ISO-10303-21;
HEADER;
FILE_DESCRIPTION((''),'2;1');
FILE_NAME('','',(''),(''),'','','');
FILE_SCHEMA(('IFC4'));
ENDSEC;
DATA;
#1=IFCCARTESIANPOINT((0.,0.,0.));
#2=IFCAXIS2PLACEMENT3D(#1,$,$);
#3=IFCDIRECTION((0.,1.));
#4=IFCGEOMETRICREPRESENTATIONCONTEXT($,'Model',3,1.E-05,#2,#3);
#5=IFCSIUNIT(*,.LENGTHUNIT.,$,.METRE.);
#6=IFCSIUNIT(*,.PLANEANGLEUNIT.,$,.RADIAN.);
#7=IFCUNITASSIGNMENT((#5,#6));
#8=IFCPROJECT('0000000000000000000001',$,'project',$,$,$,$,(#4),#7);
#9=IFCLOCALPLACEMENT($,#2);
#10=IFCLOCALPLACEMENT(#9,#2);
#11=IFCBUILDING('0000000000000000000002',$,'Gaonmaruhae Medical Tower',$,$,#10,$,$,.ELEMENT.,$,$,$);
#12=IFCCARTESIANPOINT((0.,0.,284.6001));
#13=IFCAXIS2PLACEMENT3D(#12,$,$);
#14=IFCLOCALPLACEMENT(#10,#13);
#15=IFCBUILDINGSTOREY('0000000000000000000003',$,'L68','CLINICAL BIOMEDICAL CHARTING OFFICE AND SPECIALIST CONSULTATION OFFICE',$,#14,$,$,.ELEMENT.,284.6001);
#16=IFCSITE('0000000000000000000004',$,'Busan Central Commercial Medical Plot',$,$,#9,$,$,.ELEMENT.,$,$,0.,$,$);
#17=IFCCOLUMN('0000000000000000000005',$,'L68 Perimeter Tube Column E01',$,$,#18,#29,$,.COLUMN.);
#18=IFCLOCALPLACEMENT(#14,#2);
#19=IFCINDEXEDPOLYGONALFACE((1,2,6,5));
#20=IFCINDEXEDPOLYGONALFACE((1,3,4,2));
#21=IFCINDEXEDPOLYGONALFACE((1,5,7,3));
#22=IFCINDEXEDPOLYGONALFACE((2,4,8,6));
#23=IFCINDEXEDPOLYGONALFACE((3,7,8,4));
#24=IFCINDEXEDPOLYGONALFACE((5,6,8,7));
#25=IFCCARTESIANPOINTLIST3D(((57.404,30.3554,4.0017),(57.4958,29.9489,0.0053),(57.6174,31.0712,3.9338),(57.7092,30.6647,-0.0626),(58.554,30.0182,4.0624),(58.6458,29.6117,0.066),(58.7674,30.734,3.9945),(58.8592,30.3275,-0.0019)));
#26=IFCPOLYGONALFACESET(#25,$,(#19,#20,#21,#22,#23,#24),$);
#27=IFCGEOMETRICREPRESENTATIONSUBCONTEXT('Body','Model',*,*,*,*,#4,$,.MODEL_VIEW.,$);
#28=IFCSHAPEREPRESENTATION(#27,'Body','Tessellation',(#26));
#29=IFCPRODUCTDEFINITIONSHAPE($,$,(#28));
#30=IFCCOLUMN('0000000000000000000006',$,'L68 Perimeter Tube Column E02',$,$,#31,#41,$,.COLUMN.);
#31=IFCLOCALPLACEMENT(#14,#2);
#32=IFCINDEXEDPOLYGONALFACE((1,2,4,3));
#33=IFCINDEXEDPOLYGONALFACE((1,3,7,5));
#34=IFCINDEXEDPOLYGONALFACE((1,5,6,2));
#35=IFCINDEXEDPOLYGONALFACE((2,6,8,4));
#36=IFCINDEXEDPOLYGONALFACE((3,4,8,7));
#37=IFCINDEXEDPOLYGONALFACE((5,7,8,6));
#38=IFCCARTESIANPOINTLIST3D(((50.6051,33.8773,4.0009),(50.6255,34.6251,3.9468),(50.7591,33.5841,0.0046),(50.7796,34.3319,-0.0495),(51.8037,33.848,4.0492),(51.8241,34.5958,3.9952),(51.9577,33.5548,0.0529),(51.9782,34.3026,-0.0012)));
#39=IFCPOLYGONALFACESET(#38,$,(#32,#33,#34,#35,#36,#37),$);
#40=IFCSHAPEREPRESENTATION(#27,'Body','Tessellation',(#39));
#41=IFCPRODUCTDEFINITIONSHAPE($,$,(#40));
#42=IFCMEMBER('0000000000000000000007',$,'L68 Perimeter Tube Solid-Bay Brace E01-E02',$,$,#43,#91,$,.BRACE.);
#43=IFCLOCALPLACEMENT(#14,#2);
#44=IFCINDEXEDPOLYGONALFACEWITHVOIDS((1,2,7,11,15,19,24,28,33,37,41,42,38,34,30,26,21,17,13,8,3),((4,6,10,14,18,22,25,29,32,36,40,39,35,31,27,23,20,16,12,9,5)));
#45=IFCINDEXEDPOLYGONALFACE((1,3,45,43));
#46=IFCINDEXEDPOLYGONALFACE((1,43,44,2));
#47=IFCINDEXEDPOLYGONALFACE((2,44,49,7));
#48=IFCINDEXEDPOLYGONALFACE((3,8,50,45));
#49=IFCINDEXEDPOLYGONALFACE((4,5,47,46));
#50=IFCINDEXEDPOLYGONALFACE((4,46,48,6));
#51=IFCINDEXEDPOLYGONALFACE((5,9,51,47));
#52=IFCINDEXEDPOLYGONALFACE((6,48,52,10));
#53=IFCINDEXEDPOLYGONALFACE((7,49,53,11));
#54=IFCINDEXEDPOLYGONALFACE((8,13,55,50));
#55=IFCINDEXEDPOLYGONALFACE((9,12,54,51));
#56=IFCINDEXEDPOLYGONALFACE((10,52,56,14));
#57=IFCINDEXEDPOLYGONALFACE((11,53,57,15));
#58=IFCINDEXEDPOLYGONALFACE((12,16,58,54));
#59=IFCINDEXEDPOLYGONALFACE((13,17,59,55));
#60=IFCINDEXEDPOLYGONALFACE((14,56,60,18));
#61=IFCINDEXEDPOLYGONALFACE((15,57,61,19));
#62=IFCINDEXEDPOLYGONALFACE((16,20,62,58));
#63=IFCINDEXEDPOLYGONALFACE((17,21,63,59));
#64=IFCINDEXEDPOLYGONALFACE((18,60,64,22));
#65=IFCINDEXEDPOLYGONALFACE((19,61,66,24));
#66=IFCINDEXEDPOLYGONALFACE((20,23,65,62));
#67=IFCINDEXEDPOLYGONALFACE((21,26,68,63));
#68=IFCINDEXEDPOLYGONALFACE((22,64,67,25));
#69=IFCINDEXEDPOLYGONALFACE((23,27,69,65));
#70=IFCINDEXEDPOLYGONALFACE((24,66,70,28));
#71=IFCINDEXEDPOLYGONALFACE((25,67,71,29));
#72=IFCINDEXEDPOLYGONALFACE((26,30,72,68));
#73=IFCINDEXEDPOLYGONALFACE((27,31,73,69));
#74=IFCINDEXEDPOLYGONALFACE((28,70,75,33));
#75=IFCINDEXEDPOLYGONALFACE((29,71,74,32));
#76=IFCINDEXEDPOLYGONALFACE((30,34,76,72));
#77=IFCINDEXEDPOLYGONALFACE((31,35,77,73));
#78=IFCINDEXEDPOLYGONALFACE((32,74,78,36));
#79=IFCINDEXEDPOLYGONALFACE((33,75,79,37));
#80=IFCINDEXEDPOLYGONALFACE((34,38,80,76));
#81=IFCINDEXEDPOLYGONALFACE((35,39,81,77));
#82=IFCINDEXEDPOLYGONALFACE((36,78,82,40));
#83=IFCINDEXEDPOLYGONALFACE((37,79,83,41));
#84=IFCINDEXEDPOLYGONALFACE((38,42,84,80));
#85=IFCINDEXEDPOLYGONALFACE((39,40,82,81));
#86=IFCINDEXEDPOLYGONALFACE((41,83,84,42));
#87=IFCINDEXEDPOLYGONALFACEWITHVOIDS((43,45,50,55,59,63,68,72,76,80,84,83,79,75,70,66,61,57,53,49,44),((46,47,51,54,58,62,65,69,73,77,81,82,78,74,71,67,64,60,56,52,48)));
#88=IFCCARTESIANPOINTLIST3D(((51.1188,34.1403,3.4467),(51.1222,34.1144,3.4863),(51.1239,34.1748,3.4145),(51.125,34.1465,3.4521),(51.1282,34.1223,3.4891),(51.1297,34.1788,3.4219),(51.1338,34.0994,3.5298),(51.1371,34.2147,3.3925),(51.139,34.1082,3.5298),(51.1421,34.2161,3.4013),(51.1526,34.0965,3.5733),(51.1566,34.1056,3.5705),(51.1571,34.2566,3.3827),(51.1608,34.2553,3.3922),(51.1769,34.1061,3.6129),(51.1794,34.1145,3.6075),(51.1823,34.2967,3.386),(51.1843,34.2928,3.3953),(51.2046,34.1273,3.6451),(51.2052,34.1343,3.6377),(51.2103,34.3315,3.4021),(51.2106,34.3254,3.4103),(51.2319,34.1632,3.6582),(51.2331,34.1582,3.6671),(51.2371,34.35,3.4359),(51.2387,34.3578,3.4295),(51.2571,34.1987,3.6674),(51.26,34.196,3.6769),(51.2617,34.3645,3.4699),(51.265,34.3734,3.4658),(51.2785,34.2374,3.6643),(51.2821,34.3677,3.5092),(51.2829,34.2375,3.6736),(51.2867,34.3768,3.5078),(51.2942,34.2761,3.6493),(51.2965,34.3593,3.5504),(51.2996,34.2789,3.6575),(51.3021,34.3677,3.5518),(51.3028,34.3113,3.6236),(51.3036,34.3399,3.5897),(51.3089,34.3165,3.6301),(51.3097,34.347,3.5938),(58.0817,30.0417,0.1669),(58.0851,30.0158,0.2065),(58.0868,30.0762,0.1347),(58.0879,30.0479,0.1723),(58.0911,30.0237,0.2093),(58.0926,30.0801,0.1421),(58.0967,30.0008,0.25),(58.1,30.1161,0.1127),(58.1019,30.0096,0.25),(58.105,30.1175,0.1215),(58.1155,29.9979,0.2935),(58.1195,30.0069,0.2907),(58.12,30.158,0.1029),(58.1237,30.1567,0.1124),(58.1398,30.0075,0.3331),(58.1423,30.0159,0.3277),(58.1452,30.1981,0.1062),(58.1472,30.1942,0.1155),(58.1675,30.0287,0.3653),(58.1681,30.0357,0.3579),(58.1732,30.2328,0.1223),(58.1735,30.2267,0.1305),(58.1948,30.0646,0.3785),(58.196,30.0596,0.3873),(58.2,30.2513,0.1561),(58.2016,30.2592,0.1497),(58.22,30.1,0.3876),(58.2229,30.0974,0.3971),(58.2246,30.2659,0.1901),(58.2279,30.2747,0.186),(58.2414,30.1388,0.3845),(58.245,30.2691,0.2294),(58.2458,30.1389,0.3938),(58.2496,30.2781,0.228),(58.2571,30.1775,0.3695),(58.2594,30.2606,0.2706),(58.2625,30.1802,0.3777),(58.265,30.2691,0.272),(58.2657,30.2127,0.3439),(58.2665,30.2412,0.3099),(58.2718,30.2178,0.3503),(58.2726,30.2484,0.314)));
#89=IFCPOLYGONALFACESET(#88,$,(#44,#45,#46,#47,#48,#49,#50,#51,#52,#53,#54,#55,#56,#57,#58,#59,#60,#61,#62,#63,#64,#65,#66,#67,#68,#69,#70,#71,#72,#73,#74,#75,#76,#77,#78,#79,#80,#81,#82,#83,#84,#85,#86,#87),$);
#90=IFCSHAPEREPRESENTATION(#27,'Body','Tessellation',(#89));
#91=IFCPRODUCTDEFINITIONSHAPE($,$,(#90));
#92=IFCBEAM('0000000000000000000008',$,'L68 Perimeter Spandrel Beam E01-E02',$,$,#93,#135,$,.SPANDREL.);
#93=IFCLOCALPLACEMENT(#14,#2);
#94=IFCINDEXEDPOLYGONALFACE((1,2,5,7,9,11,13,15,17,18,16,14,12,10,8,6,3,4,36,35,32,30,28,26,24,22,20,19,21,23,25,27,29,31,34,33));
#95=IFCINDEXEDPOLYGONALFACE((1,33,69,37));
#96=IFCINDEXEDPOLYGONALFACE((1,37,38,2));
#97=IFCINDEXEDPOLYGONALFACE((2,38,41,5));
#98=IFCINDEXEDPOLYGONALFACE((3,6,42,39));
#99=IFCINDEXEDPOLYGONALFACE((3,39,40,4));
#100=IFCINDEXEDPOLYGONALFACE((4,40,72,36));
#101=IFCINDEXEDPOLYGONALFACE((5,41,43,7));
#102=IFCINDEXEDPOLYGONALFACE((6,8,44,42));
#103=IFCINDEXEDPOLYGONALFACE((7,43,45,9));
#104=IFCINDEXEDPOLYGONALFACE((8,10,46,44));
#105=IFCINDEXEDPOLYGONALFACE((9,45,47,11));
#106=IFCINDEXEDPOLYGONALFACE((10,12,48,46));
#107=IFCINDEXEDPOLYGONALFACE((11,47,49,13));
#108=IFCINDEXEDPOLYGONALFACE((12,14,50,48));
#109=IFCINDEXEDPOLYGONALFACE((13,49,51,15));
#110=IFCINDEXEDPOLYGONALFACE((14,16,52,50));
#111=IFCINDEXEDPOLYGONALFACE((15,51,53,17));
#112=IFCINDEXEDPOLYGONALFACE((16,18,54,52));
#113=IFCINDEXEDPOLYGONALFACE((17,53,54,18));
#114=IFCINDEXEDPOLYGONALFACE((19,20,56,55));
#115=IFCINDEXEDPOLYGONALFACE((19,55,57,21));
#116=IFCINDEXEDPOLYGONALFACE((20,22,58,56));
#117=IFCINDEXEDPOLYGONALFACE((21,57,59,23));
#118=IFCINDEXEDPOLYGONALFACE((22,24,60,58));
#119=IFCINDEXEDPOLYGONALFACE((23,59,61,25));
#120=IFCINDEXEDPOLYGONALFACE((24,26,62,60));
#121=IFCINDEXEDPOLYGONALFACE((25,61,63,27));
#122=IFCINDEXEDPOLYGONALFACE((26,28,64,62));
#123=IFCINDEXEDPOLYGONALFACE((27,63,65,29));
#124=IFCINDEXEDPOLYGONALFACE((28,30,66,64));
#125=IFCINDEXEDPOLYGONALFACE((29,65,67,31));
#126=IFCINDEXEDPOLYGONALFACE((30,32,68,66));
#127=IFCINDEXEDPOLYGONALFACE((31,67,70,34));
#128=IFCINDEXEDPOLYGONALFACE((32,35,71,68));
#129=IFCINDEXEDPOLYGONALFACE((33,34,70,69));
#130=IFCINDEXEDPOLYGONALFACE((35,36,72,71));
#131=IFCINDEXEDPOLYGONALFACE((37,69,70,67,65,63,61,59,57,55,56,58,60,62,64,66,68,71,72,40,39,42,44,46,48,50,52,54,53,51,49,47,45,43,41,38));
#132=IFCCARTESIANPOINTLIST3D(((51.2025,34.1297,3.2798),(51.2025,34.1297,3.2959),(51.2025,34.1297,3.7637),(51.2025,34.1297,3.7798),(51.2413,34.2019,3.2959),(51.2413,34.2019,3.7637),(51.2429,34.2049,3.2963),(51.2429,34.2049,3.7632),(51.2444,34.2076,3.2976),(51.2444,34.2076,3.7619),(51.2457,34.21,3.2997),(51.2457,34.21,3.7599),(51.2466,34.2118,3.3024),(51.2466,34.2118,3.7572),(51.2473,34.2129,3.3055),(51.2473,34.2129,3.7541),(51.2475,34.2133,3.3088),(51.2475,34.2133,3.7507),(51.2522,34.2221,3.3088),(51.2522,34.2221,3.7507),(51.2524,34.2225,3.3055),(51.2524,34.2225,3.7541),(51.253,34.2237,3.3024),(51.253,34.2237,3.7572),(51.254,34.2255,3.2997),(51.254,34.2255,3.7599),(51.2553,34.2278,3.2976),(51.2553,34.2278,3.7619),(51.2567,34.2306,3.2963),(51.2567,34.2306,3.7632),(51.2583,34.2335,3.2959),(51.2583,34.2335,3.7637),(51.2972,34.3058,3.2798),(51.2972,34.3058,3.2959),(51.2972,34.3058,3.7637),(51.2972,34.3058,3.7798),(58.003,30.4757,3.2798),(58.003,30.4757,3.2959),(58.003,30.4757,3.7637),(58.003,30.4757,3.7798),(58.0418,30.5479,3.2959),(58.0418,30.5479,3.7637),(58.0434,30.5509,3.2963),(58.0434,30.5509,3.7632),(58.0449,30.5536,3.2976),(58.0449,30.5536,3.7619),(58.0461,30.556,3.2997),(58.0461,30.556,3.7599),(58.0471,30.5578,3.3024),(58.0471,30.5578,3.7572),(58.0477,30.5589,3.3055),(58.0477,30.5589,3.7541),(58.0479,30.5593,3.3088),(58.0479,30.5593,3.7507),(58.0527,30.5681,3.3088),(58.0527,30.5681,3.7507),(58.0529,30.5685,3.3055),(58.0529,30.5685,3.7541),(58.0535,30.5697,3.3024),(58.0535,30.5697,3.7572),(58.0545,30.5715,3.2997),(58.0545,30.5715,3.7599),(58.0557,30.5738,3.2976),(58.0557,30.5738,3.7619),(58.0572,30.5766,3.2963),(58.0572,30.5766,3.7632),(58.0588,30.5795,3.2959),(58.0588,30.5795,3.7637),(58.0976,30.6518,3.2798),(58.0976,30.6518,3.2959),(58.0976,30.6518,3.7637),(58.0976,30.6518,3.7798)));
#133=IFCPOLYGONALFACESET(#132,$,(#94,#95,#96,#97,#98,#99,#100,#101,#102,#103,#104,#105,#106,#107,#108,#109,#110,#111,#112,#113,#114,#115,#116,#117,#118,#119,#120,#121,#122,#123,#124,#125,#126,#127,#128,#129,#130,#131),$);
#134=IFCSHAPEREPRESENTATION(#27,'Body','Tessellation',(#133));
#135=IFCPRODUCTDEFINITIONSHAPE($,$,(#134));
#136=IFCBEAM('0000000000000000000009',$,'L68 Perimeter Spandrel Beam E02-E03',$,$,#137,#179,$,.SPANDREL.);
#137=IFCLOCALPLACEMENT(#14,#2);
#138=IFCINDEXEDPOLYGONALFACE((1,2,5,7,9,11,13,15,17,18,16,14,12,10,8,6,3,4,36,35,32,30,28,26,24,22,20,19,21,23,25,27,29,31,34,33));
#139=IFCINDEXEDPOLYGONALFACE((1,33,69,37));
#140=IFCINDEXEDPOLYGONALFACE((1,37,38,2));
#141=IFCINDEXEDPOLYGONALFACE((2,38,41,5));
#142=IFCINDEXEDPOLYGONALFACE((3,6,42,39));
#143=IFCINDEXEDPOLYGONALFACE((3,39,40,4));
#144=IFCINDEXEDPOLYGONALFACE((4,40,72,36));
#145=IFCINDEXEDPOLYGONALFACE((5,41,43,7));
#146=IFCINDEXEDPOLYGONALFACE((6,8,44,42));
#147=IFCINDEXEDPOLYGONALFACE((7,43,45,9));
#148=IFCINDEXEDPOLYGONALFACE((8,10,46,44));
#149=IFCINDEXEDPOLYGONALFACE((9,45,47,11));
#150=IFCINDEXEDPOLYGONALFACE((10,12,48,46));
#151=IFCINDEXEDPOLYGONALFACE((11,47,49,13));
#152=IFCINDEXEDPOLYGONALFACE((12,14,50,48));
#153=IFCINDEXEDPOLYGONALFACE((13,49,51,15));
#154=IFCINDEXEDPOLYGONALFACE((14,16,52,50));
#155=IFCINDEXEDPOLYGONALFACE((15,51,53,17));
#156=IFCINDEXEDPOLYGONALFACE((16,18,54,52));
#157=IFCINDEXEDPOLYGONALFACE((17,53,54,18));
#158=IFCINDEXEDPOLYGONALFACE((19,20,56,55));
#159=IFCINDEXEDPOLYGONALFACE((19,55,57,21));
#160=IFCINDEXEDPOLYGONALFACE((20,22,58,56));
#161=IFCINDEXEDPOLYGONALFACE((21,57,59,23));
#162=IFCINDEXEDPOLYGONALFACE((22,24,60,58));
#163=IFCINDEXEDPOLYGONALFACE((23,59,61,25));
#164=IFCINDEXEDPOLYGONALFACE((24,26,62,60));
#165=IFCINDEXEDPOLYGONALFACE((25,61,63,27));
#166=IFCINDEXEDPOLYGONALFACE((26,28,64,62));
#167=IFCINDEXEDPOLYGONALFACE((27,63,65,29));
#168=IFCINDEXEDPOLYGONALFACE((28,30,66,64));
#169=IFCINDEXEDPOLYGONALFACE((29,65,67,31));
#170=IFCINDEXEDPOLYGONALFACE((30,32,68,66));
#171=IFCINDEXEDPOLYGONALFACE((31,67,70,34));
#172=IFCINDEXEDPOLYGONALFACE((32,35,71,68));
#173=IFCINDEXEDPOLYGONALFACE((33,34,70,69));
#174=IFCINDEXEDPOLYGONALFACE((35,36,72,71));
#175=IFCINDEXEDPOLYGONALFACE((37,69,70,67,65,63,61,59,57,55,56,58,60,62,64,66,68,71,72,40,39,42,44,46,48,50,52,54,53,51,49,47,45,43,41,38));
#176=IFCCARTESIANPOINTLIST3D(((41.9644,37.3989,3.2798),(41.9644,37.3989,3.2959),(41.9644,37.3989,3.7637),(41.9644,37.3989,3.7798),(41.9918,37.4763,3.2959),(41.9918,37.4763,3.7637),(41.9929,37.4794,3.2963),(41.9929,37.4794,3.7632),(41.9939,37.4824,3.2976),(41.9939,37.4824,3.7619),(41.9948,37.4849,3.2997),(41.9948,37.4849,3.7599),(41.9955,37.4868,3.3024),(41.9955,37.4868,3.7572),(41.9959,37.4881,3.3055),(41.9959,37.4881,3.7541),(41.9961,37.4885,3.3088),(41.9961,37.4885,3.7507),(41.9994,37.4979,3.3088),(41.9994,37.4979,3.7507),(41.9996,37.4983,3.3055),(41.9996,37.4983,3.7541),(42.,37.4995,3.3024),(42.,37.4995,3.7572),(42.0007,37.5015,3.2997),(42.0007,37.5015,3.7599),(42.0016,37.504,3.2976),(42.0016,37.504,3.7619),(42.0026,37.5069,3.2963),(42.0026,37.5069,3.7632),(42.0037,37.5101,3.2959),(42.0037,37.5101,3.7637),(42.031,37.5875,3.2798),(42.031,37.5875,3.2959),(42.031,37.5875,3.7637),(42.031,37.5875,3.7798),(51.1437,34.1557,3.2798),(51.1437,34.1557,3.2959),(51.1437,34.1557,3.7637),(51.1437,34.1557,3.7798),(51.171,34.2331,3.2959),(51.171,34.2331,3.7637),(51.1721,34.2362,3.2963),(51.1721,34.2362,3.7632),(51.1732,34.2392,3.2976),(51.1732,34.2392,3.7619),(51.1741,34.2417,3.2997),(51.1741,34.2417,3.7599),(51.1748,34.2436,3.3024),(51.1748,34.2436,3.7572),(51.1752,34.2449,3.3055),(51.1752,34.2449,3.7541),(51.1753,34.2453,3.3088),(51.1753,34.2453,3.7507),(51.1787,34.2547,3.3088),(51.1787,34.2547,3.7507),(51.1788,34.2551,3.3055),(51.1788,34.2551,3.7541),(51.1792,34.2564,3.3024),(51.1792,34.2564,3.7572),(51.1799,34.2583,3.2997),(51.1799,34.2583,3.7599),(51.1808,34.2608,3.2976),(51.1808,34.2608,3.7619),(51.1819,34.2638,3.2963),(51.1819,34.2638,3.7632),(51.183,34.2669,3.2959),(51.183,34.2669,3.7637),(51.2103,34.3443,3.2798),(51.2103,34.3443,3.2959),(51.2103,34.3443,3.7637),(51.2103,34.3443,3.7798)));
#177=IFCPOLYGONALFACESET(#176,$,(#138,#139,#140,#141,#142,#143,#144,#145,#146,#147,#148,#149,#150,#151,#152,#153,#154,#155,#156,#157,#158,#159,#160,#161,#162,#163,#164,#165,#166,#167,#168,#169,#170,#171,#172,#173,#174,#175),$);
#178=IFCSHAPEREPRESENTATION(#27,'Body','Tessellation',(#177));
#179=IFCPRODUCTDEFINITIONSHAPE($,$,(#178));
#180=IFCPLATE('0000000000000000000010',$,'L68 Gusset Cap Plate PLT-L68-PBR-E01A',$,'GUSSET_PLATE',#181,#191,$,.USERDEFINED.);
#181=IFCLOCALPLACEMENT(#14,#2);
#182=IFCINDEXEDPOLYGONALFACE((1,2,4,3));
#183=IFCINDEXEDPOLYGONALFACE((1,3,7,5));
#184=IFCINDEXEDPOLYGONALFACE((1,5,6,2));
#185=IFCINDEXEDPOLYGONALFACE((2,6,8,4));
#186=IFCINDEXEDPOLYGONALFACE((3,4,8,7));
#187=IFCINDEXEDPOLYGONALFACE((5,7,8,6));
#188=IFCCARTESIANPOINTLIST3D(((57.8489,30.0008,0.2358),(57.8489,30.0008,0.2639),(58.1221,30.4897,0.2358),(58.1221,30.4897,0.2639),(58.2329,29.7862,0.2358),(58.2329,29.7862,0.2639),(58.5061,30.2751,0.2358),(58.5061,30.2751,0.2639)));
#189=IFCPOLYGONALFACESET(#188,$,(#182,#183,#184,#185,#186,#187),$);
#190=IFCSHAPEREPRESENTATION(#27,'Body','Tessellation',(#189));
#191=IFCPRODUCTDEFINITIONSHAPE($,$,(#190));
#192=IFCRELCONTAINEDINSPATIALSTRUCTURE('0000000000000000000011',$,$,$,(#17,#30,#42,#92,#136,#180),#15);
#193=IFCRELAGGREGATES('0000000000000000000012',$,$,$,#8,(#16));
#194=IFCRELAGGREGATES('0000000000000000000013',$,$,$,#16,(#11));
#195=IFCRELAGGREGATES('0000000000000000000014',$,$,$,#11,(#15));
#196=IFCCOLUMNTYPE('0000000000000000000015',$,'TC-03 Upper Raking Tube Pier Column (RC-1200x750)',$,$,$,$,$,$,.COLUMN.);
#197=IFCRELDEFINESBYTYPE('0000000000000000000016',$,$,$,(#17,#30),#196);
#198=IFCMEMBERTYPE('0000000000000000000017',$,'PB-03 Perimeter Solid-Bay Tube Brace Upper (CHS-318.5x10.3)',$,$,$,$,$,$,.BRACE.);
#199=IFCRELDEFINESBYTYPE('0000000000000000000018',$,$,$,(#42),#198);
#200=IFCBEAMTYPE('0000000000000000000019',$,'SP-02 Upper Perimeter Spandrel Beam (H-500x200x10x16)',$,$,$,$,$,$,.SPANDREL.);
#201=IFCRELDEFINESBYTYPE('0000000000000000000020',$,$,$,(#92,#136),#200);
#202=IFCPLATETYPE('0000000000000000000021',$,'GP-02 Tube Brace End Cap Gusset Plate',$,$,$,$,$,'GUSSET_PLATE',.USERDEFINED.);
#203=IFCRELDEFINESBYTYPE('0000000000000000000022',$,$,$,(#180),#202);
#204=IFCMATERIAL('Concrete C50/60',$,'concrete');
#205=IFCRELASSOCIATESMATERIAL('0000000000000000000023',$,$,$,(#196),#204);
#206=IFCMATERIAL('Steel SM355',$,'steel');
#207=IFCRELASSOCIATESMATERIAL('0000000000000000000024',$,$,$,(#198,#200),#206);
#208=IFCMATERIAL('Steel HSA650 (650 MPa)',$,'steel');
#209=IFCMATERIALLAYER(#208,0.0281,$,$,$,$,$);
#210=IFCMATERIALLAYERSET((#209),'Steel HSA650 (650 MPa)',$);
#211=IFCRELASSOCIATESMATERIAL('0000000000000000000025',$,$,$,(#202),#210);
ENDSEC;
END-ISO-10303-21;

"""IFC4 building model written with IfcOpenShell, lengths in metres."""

from ifc_helpers import new_model, si_unit, direction, frame, origin, origin_2d, place, context, subcontext, project, spatial, rectangle, hollow_circle, i_section, extrude, material, layer, layer_set, material_profile, profile_set, type_object, element, save


model = new_model("IFC4")

# Units and contexts
model_context = context("Model", 3, precision=1e-05, world=origin(), true_north=direction((0.0, 1.0)))
body_context = subcontext(model_context, "Body", "Model", "MODEL_VIEW")
ifc_project = project(units=[si_unit("LENGTHUNIT", "METRE"), si_unit("PLANEANGLEUNIT", "RADIAN")], contexts=[model_context])

# Site, building, storey
site_placement = place(None, origin())
site = spatial("IfcSite", under=ifc_project, at=site_placement, Name="Busan Central Commercial Medical Plot", CompositionType="ELEMENT", RefElevation=0.0)
building_placement = place(site_placement, origin())
building = spatial("IfcBuilding", under=site, at=building_placement, Name="Gaonmaruhae Medical Tower", CompositionType="ELEMENT")
storey_placement = place(building_placement, frame((0.0, 0.0, 284.6001)))
storey = spatial("IfcBuildingStorey", under=building, at=storey_placement, Name="L68", Description="CLINICAL BIOMEDICAL CHARTING OFFICE AND SPECIALIST CONSULTATION OFFICE", CompositionType="ELEMENT", Elevation=284.6001)

# Columns
ifc_material_1 = material(Name="Concrete C50/60", Category="concrete")
ifc_material_profile_1 = material_profile(ifc_material_1, rectangle(XDim=1.2, YDim=0.75, at=origin_2d()), Name="RC-1200x750")
ifc_profile_set_1 = profile_set([ifc_material_profile_1], Name="Concrete C50/60")
column_type = type_object("IfcColumnType", Name="TC-03 Upper Raking Tube Pier Column (RC-1200x750)", PredefinedType="COLUMN", material=ifc_profile_set_1)
column_1_placement = place(storey_placement, frame((58.1775, 30.1382, 0.0017), z_axis=(-0.022846, 0.101168, 0.994607), x_axis=(0.958366, -0.281024, 0.050599)))
element("IfcColumn", 1, at=column_1_placement, inside=storey, type_object=column_type, Name="L68 Perimeter Tube Column E01", PredefinedType="COLUMN", context=body_context, shape_type="SweptSolid", body=[
    extrude(rectangle(XDim=1.2, YDim=0.75, at=origin_2d()), origin(), (0.0, 0.0, 1.0), 4.0181),
])
column_2_placement = place(storey_placement, frame((51.3687, 33.9434, 0.0017), z_axis=(-0.038417, 0.07312, 0.996583), x_axis=(0.99889, -0.024401, 0.040296)))
element("IfcColumn", 2, at=column_2_placement, inside=storey, type_object=column_type, Name="L68 Perimeter Tube Column E02", PredefinedType="COLUMN", context=body_context, shape_type="SweptSolid", body=[
    extrude(rectangle(XDim=1.2, YDim=0.75, at=origin_2d()), origin(), (0.0, 0.0, 1.0), 4.01),
])

# Member
ifc_material_2 = material(Name="Steel SM355", Category="steel")
ifc_material_profile_2 = material_profile(ifc_material_2, hollow_circle(Radius=0.1592, WallThickness=0.0103, at=origin_2d()), Name="CHS-318.5x10.3")
ifc_profile_set_2 = profile_set([ifc_material_profile_2], Name="Steel SM355")
member_type = type_object("IfcMemberType", Name="PB-03 Perimeter Solid-Bay Tube Brace Upper (CHS-318.5x10.3)", PredefinedType="BRACE", material=ifc_profile_set_2)
member_placement = place(storey_placement, frame((58.1775, 30.1379, 0.25), z_axis=(-0.798501, 0.470029, 0.376124), x_axis=(-0.507279, -0.861782, 0.0)))
element("IfcMember", 3, at=member_placement, inside=storey, type_object=member_type, Name="L68 Perimeter Tube Solid-Bay Brace E01-E02", PredefinedType="BRACE", context=body_context, shape_type="SweptSolid", body=[
    extrude(hollow_circle(Radius=0.1592, WallThickness=0.0103, at=origin_2d()), origin(), (0.0, 0.0, 1.0), 8.72),
])

# Beams
ifc_material_profile_3 = material_profile(ifc_material_2, i_section(OverallWidth=0.2, OverallDepth=0.5, WebThickness=0.01, FlangeThickness=0.0161, FilletRadius=0.0129, at=origin_2d()), Name="H-500x200x10x16")
ifc_profile_set_3 = profile_set([ifc_material_profile_3], Name="Steel SM355")
beam_type = type_object("IfcBeamType", Name="SP-02 Upper Perimeter Spandrel Beam (H-500x200x10x16)", PredefinedType="SPANDREL", material=ifc_profile_set_3)
beam_1_placement = place(storey_placement, frame((58.0503, 30.5637, 3.5298), z_axis=(-0.880891, 0.473319, 0.0), x_axis=(-0.473319, -0.880891, 0.0)))
element("IfcBeam", 4, at=beam_1_placement, inside=storey, type_object=beam_type, Name="L68 Perimeter Spandrel Beam E01-E02", PredefinedType="SPANDREL", context=body_context, shape_type="SweptSolid", body=[
    extrude(i_section(OverallWidth=0.2, OverallDepth=0.5, WebThickness=0.01, FlangeThickness=0.0161, FilletRadius=0.0129, at=origin_2d()), origin(), (0.0, 0.0, 1.0), 7.72),
])
beam_2_placement = place(storey_placement, frame((51.177, 34.25, 3.5298), z_axis=(-0.942879, 0.333135, 0.0), x_axis=(-0.333135, -0.942879, 0.0)))
element("IfcBeam", 5, at=beam_2_placement, inside=storey, type_object=beam_type, Name="L68 Perimeter Spandrel Beam E02-E03", PredefinedType="SPANDREL", context=body_context, shape_type="SweptSolid", body=[
    extrude(i_section(OverallWidth=0.2, OverallDepth=0.5, WebThickness=0.01, FlangeThickness=0.0161, FilletRadius=0.0129, at=origin_2d()), origin(), (0.0, 0.0, 1.0), 9.7354),
])

# Plate
ifc_material_3 = material(Name="Steel HSA650 (650 MPa)", Category="steel")
ifc_layer_1 = layer(ifc_material_3, 0.0281)
ifc_layer_set_1 = layer_set([ifc_layer_1], Name="Steel HSA650 (650 MPa)")
plate_type_1 = type_object("IfcPlateType", Name="GP-02 Tube Brace End Cap Gusset Plate", ElementType="GUSSET_PLATE", PredefinedType="USERDEFINED", material=ifc_layer_set_1)
for number, where, z_axis, x_axis, name in (
    (6, (58.1775, 30.1379, 0.2358), (0.0, 0.0, 1.0), (0.48786, 0.872922, 0.0), "L68 Gusset Cap Plate PLT-L68-PBR-E01A"),
):
    element("IfcPlate", number, at=place(storey_placement, frame(where, z_axis=z_axis, x_axis=x_axis)), inside=storey, type_object=plate_type_1, Name=name, ObjectType="GUSSET_PLATE", PredefinedType="USERDEFINED", context=body_context, shape_type="SweptSolid", body=[
        extrude(rectangle(XDim=0.5601, YDim=0.4399, at=origin_2d()), origin(), (0.0, 0.0, 1.0), 0.0281),
    ])

save(model, "model.ifc")
